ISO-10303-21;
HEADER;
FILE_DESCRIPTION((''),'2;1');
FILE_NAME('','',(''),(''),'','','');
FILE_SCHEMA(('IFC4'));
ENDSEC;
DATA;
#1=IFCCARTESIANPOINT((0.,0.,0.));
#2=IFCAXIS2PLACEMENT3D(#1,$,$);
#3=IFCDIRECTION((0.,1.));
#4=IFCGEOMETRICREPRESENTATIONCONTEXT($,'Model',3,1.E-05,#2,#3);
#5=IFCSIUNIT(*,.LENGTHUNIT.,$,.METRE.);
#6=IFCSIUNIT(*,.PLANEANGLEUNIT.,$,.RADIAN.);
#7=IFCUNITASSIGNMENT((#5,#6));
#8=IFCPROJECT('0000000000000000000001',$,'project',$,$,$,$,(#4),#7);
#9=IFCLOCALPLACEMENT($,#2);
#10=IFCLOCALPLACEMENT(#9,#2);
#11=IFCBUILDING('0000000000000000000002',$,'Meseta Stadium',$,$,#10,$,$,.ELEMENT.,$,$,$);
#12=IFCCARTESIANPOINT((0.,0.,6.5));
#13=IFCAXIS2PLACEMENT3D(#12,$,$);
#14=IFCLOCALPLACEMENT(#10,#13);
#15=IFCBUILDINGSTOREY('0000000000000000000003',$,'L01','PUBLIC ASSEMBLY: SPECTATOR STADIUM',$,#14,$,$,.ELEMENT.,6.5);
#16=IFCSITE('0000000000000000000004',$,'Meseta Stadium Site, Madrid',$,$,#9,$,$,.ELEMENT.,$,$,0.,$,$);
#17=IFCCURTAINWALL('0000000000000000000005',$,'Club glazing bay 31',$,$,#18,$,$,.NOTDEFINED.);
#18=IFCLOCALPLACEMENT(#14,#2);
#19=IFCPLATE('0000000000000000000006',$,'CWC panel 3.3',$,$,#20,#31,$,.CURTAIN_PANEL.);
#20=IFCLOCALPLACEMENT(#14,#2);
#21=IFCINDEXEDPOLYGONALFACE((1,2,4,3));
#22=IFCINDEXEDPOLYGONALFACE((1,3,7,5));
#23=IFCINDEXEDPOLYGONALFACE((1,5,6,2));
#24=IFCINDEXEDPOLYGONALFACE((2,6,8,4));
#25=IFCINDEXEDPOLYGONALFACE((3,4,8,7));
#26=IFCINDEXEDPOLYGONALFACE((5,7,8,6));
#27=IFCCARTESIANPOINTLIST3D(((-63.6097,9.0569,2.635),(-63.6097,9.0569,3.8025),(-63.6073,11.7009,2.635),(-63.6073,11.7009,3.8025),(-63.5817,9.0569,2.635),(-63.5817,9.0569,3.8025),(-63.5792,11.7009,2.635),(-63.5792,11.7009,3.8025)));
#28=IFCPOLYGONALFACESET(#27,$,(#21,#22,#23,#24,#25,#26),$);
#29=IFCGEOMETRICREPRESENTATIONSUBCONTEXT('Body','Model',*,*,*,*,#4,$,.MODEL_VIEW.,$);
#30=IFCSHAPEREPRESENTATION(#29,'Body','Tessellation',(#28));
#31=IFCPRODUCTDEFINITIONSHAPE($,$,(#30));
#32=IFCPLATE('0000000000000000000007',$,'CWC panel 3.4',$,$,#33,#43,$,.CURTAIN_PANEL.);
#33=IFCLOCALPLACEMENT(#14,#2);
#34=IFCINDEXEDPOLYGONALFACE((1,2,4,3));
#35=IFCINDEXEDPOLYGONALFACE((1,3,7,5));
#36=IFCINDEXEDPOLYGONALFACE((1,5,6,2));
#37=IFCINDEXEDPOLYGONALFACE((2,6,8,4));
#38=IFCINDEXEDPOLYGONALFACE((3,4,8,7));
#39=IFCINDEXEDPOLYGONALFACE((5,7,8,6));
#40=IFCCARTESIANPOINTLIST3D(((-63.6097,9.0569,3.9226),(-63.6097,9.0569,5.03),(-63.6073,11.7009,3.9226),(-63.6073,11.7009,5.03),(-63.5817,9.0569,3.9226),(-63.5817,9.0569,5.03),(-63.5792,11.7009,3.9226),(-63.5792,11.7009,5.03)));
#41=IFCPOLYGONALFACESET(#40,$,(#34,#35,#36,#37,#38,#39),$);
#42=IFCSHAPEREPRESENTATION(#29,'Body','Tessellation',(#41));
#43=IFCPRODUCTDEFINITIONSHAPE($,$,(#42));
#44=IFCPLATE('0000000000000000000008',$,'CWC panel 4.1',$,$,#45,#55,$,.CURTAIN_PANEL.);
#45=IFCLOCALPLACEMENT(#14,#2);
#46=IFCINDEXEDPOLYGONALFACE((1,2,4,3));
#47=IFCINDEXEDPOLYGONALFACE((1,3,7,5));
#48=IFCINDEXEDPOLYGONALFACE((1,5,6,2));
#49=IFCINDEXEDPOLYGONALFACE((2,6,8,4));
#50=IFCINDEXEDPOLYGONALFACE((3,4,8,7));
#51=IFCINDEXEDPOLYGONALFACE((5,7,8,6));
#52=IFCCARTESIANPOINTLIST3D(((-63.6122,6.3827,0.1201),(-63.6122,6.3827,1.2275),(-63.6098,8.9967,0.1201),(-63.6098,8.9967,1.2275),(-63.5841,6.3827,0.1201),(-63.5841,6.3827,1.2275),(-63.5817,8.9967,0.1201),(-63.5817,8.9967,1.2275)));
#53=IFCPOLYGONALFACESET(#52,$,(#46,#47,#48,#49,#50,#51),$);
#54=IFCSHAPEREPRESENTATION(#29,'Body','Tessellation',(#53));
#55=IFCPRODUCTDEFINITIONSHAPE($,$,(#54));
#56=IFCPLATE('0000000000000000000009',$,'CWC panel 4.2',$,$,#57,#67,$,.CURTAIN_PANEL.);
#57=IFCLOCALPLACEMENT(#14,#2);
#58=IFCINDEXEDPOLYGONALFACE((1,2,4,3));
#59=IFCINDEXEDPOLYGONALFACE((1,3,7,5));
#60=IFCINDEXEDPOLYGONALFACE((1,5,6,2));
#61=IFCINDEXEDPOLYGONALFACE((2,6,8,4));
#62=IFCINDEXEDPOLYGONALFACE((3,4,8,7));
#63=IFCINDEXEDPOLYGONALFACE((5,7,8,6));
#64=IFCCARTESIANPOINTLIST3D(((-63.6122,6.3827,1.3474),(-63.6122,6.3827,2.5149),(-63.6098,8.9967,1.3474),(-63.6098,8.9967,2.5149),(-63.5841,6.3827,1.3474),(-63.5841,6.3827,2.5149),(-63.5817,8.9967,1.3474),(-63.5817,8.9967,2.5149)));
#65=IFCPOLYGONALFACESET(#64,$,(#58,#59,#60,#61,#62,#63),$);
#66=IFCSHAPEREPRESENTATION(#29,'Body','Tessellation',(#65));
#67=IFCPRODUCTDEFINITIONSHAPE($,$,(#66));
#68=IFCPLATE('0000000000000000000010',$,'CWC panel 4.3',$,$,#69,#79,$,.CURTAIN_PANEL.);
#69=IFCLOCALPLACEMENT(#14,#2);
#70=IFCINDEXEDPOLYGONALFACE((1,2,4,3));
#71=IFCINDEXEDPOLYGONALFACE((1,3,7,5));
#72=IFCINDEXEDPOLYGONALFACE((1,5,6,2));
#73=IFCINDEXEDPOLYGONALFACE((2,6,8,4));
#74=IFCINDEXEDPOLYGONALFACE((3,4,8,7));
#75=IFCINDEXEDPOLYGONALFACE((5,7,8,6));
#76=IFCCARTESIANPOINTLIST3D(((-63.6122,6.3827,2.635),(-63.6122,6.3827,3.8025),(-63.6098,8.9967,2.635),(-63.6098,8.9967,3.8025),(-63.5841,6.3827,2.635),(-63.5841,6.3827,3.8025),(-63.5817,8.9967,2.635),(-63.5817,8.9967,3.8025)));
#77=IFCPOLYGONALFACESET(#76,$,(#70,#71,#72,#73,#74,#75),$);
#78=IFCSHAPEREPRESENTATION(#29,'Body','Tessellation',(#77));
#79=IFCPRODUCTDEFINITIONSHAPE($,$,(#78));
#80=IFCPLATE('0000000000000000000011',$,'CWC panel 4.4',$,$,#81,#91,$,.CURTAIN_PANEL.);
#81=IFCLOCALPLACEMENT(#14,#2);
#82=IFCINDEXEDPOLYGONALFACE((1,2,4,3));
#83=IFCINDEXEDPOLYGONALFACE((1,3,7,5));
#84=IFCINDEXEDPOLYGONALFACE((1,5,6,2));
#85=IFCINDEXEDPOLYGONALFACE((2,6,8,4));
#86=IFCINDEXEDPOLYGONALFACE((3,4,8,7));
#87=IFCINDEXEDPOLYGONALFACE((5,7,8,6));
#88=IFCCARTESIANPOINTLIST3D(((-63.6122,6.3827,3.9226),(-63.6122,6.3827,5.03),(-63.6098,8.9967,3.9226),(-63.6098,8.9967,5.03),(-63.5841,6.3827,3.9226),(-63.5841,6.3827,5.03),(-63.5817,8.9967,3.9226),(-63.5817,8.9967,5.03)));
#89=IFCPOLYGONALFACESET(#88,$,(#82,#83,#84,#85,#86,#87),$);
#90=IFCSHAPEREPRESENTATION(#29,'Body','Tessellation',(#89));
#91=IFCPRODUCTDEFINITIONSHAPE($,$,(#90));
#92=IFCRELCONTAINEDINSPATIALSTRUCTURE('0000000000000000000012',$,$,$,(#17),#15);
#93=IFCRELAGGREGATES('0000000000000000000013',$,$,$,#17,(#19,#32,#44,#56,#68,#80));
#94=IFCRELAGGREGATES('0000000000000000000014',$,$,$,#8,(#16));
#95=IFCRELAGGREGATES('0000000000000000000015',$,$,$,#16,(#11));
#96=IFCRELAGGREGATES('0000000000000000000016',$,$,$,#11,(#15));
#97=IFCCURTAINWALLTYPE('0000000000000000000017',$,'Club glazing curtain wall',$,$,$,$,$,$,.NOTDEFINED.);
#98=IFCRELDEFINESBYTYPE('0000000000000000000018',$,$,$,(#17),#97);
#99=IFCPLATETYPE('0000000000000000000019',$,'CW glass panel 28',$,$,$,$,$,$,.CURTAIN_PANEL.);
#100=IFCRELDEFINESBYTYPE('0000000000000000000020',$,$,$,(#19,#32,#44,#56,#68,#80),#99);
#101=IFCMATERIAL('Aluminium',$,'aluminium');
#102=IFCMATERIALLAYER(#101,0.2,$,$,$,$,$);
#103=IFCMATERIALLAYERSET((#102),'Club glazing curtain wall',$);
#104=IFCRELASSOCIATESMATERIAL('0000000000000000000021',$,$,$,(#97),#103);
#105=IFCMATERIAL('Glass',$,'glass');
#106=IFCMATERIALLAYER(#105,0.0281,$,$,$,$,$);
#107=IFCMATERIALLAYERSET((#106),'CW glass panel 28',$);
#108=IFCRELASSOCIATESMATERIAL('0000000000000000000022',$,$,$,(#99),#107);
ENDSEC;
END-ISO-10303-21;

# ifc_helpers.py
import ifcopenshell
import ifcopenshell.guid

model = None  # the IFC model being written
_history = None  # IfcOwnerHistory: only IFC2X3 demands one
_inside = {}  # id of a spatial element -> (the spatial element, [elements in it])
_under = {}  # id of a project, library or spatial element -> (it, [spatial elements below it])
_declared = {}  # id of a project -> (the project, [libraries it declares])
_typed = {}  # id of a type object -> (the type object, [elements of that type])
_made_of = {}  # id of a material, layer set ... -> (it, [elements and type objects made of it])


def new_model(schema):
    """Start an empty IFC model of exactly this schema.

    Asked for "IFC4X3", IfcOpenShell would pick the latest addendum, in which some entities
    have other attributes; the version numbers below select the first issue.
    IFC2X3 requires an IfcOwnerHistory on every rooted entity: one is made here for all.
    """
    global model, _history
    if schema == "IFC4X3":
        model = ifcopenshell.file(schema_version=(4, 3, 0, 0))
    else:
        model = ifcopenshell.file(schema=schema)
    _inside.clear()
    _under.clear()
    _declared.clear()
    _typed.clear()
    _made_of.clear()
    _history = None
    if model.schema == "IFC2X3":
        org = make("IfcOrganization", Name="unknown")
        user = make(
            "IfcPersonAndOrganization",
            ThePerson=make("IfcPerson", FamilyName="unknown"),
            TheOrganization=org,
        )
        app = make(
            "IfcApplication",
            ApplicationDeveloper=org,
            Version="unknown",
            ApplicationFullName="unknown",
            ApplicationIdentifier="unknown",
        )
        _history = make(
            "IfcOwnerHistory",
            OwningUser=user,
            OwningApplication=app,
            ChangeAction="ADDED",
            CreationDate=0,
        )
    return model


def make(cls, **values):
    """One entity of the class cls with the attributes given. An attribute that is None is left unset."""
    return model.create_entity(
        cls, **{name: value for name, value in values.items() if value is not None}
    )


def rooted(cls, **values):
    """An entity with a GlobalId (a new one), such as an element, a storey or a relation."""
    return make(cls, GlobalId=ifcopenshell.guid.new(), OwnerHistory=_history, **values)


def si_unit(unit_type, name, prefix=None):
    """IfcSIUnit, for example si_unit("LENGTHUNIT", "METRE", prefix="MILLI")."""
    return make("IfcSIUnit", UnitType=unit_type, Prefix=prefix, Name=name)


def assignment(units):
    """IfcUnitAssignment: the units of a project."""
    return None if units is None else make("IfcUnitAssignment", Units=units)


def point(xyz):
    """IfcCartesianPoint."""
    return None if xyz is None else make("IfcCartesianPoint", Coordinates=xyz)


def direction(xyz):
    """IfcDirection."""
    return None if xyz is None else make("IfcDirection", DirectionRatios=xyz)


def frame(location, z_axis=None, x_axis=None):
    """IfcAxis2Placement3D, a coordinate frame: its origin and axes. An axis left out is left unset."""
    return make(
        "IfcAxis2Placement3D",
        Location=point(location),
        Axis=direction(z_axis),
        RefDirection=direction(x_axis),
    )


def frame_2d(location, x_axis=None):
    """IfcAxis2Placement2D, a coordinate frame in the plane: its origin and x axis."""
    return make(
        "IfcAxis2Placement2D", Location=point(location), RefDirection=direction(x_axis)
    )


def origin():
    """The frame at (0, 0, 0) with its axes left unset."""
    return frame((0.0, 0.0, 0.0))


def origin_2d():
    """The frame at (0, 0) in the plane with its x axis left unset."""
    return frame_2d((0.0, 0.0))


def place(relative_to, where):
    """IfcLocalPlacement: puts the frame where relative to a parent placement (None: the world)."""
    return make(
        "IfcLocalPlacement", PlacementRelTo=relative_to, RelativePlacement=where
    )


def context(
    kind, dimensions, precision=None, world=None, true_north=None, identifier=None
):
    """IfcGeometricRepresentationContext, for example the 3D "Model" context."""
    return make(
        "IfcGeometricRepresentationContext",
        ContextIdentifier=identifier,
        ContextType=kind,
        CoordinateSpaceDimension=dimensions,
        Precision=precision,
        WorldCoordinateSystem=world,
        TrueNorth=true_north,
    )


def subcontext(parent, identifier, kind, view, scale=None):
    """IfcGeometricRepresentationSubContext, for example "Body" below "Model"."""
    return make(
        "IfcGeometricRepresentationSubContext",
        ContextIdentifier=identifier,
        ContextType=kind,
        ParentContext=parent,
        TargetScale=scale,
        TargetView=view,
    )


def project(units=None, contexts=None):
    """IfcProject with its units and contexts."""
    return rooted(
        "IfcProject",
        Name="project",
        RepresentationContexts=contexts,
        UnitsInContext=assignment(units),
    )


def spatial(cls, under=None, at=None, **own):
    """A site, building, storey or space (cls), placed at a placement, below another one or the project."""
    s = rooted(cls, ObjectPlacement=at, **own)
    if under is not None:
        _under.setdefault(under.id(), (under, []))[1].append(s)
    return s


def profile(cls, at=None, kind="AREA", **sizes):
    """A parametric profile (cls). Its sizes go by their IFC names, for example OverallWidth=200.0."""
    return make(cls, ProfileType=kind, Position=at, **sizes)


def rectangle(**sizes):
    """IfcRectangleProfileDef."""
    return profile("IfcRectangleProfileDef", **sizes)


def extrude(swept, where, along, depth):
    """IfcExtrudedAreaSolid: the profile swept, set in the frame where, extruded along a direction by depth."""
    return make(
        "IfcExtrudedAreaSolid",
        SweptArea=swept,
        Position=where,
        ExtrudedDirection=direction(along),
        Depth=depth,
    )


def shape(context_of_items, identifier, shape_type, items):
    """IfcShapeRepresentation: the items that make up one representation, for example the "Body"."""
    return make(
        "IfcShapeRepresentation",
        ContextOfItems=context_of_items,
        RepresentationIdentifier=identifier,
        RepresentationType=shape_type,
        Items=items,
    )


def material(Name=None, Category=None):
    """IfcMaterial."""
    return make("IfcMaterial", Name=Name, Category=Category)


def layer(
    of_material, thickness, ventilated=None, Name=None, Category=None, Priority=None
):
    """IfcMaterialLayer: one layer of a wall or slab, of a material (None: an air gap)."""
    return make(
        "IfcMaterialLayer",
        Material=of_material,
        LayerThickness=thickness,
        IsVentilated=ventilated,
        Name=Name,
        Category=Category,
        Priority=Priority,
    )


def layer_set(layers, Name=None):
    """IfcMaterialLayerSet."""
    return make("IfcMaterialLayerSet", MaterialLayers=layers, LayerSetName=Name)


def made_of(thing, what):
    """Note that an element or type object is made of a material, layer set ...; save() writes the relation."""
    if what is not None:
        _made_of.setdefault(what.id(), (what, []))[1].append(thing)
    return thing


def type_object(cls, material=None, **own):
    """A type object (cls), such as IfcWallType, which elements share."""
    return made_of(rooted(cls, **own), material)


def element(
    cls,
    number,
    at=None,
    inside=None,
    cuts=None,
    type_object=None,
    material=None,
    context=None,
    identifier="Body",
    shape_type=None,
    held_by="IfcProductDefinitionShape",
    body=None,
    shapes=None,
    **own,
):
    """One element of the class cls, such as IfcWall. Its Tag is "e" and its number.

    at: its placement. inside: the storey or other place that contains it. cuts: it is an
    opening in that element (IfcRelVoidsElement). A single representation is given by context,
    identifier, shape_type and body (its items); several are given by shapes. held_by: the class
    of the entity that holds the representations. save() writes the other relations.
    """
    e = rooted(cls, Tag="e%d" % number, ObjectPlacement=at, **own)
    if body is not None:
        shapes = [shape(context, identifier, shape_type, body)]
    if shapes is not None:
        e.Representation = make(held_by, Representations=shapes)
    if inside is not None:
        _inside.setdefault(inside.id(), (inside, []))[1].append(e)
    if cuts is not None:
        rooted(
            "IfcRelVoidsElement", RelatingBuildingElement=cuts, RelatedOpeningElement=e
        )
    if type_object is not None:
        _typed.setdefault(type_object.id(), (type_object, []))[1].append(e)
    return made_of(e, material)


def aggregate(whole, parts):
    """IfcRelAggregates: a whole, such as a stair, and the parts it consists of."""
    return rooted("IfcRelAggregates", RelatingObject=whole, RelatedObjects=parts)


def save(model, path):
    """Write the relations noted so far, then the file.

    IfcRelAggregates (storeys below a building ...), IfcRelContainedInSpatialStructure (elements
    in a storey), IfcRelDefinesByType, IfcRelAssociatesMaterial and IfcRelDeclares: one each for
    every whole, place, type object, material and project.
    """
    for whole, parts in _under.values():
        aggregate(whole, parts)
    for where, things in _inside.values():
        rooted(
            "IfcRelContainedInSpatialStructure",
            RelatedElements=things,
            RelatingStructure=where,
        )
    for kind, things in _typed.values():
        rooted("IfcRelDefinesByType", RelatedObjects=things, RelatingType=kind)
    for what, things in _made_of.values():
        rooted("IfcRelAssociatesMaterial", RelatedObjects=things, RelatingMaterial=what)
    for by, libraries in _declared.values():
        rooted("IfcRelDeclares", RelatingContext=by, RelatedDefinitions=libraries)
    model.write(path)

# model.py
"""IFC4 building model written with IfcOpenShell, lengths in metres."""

from ifc_helpers import new_model, si_unit, direction, frame, origin, origin_2d, place, context, subcontext, project, spatial, rectangle, extrude, material, layer, layer_set, type_object, element, aggregate, save


model = new_model("IFC4")

# Units and contexts
model_context = context("Model", 3, precision=1e-05, world=origin(), true_north=direction((0.0, 1.0)))
body_context = subcontext(model_context, "Body", "Model", "MODEL_VIEW")
ifc_project = project(units=[si_unit("LENGTHUNIT", "METRE"), si_unit("PLANEANGLEUNIT", "RADIAN")], contexts=[model_context])

# Site, building, storey
site_placement = place(None, origin())
site = spatial("IfcSite", under=ifc_project, at=site_placement, Name="Meseta Stadium Site, Madrid", CompositionType="ELEMENT", RefElevation=0.0)
building_placement = place(site_placement, origin())
building = spatial("IfcBuilding", under=site, at=building_placement, Name="Meseta Stadium", CompositionType="ELEMENT")
storey_placement = place(building_placement, frame((0.0, 0.0, 6.5)))
storey = spatial("IfcBuildingStorey", under=building, at=storey_placement, Name="L01", Description="PUBLIC ASSEMBLY: SPECTATOR STADIUM", CompositionType="ELEMENT", Elevation=6.5)

# Curtain wall, plates
ifc_material_1 = material(Name="Aluminium", Category="aluminium")
ifc_layer_1 = layer(ifc_material_1, 0.2)
ifc_layer_set_1 = layer_set([ifc_layer_1], Name="Club glazing curtain wall")
curtain_wall_type = type_object("IfcCurtainWallType", Name="Club glazing curtain wall", PredefinedType="NOTDEFINED", material=ifc_layer_set_1)
curtain_wall_placement = place(storey_placement, origin())
curtain_wall = element("IfcCurtainWall", 1, at=curtain_wall_placement, inside=storey, type_object=curtain_wall_type, Name="Club glazing bay 31", PredefinedType="NOTDEFINED")
ifc_material_2 = material(Name="Glass", Category="glass")
ifc_layer_2 = layer(ifc_material_2, 0.0281)
ifc_layer_set_2 = layer_set([ifc_layer_2], Name="CW glass panel 28")
plate_type = type_object("IfcPlateType", Name="CW glass panel 28", PredefinedType="CURTAIN_PANEL", material=ifc_layer_set_2)
plate_1_placement = place(storey_placement, frame((-63.5945, 10.3789, 2.635), z_axis=(0.0, 0.0, 1.0), x_axis=(-0.000925, -1.0, 0.0)))
plate_1 = element("IfcPlate", 2, at=plate_1_placement, type_object=plate_type, Name="CWC panel 3.3", PredefinedType="CURTAIN_PANEL", context=body_context, shape_type="SweptSolid", body=[
    extrude(rectangle(XDim=2.644, YDim=0.0281, at=origin_2d()), origin(), (0.0, 0.0, 1.0), 1.1675),
])
plate_2_placement = place(storey_placement, frame((-63.5945, 10.3789, 3.9226), z_axis=(0.0, 0.0, 1.0), x_axis=(-0.000925, -1.0, 0.0)))
plate_2 = element("IfcPlate", 3, at=plate_2_placement, type_object=plate_type, Name="CWC panel 3.4", PredefinedType="CURTAIN_PANEL", context=body_context, shape_type="SweptSolid", body=[
    extrude(rectangle(XDim=2.644, YDim=0.0281, at=origin_2d()), origin(), (0.0, 0.0, 1.0), 1.1074),
])
plate_3_placement = place(storey_placement, frame((-63.5969, 7.6897, 0.1201), z_axis=(0.0, 0.0, 1.0), x_axis=(-0.000925, -1.0, 0.0)))
plate_3 = element("IfcPlate", 4, at=plate_3_placement, type_object=plate_type, Name="CWC panel 4.1", PredefinedType="CURTAIN_PANEL", context=body_context, shape_type="SweptSolid", body=[
    extrude(rectangle(XDim=2.614, YDim=0.0281, at=origin_2d()), origin(), (0.0, 0.0, 1.0), 1.1074),
])
plate_4_placement = place(storey_placement, frame((-63.5969, 7.6897, 1.3474), z_axis=(0.0, 0.0, 1.0), x_axis=(-0.000925, -1.0, 0.0)))
plate_4 = element("IfcPlate", 5, at=plate_4_placement, type_object=plate_type, Name="CWC panel 4.2", PredefinedType="CURTAIN_PANEL", context=body_context, shape_type="SweptSolid", body=[
    extrude(rectangle(XDim=2.614, YDim=0.0281, at=origin_2d()), origin(), (0.0, 0.0, 1.0), 1.1675),
])
plate_5_placement = place(storey_placement, frame((-63.5969, 7.6897, 2.635), z_axis=(0.0, 0.0, 1.0), x_axis=(-0.000925, -1.0, 0.0)))
plate_5 = element("IfcPlate", 6, at=plate_5_placement, type_object=plate_type, Name="CWC panel 4.3", PredefinedType="CURTAIN_PANEL", context=body_context, shape_type="SweptSolid", body=[
    extrude(rectangle(XDim=2.614, YDim=0.0281, at=origin_2d()), origin(), (0.0, 0.0, 1.0), 1.1675),
])
plate_6_placement = place(storey_placement, frame((-63.5969, 7.6897, 3.9226), z_axis=(0.0, 0.0, 1.0), x_axis=(-0.000925, -1.0, 0.0)))
plate_6 = element("IfcPlate", 7, at=plate_6_placement, type_object=plate_type, Name="CWC panel 4.4", PredefinedType="CURTAIN_PANEL", context=body_context, shape_type="SweptSolid", body=[
    extrude(rectangle(XDim=2.614, YDim=0.0281, at=origin_2d()), origin(), (0.0, 0.0, 1.0), 1.1074),
])
aggregate(curtain_wall, [plate_1, plate_2, plate_3, plate_4, plate_5, plate_6])

save(model, "model.ifc")
